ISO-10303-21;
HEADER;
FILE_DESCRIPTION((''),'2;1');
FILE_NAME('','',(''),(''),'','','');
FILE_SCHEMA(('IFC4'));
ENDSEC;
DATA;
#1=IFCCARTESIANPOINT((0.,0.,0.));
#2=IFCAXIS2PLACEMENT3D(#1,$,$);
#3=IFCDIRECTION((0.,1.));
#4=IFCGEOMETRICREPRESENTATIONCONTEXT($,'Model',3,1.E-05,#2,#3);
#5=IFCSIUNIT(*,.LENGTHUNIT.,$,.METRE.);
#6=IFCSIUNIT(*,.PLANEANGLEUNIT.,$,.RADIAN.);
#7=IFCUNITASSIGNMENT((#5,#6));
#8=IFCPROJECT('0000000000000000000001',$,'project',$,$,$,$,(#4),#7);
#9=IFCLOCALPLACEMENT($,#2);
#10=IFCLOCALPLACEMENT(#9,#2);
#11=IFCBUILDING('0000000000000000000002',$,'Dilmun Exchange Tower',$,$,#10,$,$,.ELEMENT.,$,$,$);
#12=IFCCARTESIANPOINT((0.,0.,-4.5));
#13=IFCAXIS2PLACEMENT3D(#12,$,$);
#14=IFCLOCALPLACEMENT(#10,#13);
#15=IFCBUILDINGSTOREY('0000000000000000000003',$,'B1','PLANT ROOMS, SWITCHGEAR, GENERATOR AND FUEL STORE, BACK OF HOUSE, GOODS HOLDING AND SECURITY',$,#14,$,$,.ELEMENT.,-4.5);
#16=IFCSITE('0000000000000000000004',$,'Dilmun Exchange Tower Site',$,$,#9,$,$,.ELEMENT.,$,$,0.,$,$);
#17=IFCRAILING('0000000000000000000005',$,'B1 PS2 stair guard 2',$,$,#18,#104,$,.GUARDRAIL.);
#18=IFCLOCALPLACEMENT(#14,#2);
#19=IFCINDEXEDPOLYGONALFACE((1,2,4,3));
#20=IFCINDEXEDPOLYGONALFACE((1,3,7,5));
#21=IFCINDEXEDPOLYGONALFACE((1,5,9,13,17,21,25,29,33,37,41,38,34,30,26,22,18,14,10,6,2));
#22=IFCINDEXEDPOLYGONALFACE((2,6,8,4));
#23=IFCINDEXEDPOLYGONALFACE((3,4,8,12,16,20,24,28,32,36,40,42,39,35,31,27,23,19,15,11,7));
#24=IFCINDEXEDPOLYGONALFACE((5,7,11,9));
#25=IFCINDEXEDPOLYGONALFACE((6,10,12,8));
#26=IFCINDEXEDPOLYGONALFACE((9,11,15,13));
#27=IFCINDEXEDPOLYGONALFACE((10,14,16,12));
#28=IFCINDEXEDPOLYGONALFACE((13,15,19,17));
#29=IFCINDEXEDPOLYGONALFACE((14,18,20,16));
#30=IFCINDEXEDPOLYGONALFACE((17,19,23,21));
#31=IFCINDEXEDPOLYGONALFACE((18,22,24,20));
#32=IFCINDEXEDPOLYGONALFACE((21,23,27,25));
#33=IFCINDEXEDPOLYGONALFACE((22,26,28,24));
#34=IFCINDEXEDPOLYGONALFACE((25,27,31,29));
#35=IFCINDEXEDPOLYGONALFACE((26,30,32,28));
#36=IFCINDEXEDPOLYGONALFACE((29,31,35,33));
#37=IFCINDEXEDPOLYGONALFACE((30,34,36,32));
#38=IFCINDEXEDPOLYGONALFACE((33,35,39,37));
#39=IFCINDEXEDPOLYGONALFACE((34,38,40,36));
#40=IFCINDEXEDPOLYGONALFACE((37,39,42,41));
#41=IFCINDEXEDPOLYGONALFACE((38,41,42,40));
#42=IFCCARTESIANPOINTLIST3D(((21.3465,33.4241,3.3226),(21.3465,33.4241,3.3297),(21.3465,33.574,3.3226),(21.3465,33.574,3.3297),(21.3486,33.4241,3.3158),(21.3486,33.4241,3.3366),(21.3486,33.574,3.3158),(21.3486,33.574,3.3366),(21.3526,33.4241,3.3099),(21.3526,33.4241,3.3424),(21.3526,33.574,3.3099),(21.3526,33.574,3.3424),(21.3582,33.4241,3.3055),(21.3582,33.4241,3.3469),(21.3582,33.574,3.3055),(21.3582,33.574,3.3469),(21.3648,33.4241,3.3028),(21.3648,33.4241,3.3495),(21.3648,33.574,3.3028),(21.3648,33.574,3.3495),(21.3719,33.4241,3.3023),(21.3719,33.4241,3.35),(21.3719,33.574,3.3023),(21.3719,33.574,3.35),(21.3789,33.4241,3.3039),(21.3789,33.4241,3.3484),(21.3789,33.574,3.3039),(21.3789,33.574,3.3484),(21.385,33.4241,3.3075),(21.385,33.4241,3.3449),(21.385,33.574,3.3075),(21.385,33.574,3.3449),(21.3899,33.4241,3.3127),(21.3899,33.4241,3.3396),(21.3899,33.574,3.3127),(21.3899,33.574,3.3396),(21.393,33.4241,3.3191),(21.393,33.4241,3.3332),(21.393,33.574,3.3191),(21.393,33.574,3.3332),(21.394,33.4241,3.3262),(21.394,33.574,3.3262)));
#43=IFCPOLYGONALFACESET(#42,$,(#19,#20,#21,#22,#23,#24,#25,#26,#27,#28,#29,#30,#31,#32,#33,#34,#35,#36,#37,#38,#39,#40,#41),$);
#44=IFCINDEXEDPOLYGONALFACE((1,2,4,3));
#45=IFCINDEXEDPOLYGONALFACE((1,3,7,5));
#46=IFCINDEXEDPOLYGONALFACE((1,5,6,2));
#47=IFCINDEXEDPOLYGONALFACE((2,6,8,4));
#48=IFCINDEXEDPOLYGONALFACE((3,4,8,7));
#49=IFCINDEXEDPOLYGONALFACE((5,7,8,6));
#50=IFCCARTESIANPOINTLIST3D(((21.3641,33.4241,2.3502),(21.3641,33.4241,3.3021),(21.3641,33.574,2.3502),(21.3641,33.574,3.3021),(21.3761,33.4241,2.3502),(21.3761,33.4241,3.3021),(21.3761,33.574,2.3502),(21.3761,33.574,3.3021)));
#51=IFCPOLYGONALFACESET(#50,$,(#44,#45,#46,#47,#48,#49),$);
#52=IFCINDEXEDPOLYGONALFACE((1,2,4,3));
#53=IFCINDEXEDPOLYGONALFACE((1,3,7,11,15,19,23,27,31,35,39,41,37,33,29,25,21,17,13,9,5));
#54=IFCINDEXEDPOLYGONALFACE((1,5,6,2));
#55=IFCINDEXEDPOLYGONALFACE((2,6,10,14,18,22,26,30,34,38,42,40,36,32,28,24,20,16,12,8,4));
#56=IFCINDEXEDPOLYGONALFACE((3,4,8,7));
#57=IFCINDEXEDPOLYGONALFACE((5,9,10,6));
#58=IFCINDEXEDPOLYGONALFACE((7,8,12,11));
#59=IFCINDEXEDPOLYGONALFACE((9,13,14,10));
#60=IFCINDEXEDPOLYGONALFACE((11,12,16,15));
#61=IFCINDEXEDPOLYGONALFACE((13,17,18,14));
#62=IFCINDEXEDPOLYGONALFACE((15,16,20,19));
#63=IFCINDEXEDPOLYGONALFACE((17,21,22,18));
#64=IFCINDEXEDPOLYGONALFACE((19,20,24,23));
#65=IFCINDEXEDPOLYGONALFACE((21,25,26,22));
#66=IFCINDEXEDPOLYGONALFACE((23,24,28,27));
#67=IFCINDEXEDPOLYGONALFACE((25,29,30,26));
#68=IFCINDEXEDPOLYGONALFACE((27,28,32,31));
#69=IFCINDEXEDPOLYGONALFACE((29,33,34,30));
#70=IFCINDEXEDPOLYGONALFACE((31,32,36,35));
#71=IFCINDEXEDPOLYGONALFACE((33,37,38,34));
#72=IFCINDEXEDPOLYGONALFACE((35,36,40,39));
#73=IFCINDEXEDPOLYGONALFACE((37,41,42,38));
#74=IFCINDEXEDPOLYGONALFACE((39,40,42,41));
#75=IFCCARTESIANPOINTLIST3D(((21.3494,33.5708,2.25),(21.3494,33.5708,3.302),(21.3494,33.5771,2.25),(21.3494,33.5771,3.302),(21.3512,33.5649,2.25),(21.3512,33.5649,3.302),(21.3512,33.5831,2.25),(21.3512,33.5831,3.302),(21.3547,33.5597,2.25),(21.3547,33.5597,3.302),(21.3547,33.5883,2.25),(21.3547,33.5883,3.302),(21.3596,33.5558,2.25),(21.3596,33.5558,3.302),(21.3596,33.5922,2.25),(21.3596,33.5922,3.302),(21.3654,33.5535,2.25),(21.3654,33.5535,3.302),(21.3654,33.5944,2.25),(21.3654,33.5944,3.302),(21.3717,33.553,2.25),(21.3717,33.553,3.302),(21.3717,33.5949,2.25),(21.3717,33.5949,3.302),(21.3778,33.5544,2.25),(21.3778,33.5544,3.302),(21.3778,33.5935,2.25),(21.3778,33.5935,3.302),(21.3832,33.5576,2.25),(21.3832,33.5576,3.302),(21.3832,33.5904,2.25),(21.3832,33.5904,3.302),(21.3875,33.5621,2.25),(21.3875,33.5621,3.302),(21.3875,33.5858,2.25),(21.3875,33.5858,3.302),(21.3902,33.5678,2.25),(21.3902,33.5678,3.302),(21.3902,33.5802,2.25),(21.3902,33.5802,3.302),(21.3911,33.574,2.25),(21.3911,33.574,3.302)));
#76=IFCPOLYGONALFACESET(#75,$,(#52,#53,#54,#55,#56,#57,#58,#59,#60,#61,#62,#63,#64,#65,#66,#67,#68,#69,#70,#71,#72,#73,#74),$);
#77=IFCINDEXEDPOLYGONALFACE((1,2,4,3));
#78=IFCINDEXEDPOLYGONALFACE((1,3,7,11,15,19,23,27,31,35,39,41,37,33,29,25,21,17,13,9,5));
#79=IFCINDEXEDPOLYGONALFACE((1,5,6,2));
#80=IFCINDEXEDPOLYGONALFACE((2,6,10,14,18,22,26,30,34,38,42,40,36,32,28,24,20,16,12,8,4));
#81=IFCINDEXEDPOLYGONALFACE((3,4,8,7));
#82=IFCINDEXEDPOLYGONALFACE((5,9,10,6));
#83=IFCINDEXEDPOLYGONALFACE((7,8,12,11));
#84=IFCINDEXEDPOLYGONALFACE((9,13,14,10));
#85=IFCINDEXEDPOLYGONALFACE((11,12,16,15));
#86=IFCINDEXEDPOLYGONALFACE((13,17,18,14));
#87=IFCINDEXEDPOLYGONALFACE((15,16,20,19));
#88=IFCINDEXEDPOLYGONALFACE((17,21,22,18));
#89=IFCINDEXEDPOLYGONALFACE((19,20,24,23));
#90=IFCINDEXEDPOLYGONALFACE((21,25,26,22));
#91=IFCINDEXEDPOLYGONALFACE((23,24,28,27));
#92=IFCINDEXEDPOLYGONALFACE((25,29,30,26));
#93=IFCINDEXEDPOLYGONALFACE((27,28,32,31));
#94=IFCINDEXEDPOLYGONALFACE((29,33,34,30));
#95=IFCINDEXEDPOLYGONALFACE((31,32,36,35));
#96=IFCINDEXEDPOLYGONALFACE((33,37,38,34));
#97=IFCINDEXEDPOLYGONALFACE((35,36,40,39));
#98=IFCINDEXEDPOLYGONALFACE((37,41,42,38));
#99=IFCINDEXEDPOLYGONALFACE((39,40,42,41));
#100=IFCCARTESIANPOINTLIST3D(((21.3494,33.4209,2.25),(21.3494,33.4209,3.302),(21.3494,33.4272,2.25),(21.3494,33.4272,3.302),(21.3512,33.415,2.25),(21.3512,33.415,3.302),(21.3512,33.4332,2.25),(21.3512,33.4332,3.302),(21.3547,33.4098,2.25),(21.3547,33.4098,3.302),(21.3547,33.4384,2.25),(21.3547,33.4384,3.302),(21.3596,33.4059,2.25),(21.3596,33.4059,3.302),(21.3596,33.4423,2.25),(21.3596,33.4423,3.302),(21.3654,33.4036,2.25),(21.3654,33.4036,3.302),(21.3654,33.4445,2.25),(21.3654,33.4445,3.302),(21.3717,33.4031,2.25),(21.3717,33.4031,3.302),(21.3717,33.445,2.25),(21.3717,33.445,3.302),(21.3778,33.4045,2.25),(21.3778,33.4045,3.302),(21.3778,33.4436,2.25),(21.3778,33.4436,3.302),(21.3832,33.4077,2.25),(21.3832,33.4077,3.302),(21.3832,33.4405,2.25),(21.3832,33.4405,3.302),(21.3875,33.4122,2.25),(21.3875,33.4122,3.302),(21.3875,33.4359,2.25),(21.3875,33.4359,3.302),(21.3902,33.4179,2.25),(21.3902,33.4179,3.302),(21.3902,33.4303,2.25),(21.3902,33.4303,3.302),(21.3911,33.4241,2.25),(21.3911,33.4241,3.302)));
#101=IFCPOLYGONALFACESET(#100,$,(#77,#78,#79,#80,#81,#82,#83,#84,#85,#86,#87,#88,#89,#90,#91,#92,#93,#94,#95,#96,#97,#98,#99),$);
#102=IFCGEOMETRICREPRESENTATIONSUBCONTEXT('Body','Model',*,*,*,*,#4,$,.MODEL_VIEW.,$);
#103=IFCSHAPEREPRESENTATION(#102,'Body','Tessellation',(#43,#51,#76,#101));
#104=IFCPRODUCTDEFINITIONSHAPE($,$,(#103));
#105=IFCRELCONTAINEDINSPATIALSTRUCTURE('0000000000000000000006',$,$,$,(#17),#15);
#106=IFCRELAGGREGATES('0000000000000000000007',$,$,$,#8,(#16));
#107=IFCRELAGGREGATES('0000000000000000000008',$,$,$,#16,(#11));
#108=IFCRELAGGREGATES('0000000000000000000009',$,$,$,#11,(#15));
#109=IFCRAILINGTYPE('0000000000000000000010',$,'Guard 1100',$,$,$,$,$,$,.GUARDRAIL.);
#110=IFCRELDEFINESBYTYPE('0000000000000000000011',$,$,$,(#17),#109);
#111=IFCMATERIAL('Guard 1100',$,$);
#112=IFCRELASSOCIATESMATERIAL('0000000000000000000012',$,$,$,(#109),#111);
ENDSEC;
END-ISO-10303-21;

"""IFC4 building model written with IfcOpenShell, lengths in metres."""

from ifc_helpers import new_model, si_unit, direction, frame, origin, origin_2d, place, context, subcontext, project, spatial, rectangle, circle, extrude, material, type_object, element, save


model = new_model("IFC4")

# Units and contexts
model_context = context("Model", 3, precision=1e-05, world=origin(), true_north=direction((0.0, 1.0)))
body_context = subcontext(model_context, "Body", "Model", "MODEL_VIEW")
ifc_project = project(units=[si_unit("LENGTHUNIT", "METRE"), si_unit("PLANEANGLEUNIT", "RADIAN")], contexts=[model_context])

# Site, building, storey
site_placement = place(None, origin())
site = spatial("IfcSite", under=ifc_project, at=site_placement, Name="Dilmun Exchange Tower Site", CompositionType="ELEMENT", RefElevation=0.0)
building_placement = place(site_placement, origin())
building = spatial("IfcBuilding", under=site, at=building_placement, Name="Dilmun Exchange Tower", CompositionType="ELEMENT")
storey_placement = place(building_placement, frame((0.0, 0.0, -4.5)))
storey = spatial("IfcBuildingStorey", under=building, at=storey_placement, Name="B1", Description="PLANT ROOMS, SWITCHGEAR, GENERATOR AND FUEL STORE, BACK OF HOUSE, GOODS HOLDING AND SECURITY", CompositionType="ELEMENT", Elevation=-4.5)

# Railing
ifc_material_1 = material(Name="Guard 1100")
railing_type_1 = type_object("IfcRailingType", Name="Guard 1100", PredefinedType="GUARDRAIL", material=ifc_material_1)
railing_1_placement = place(storey_placement, frame((21.3701, 33.574, 2.25)))
element("IfcRailing", 1, at=railing_1_placement, inside=storey, type_object=railing_type_1, Name="B1 PS2 stair guard 2", PredefinedType="GUARDRAIL", context=body_context, shape_type="SweptSolid", body=[
    extrude(circle(Radius=0.0239, at=origin_2d()), frame((0.0, 0.0, 1.0762), z_axis=(0.0, -1.0, 0.0), x_axis=(1.0, 0.0, 0.0)), (0.0, 0.0, 1.0), 0.1499),
    extrude(rectangle(XDim=0.012, YDim=0.9519, at=origin_2d()), frame((0.0, 0.0, 0.5762), z_axis=(0.0, -1.0, 0.0), x_axis=(1.0, 0.0, 0.0)), (0.0, 0.0, 1.0), 0.1499),
    extrude(circle(Radius=0.021, at=origin_2d()), origin(), (0.0, 0.0, 1.0), 1.052),
    extrude(circle(Radius=0.021, at=origin_2d()), frame((0.0, -0.1499, 0.0)), (0.0, 0.0, 1.0), 1.052),
])

save(model, "model.ifc")
